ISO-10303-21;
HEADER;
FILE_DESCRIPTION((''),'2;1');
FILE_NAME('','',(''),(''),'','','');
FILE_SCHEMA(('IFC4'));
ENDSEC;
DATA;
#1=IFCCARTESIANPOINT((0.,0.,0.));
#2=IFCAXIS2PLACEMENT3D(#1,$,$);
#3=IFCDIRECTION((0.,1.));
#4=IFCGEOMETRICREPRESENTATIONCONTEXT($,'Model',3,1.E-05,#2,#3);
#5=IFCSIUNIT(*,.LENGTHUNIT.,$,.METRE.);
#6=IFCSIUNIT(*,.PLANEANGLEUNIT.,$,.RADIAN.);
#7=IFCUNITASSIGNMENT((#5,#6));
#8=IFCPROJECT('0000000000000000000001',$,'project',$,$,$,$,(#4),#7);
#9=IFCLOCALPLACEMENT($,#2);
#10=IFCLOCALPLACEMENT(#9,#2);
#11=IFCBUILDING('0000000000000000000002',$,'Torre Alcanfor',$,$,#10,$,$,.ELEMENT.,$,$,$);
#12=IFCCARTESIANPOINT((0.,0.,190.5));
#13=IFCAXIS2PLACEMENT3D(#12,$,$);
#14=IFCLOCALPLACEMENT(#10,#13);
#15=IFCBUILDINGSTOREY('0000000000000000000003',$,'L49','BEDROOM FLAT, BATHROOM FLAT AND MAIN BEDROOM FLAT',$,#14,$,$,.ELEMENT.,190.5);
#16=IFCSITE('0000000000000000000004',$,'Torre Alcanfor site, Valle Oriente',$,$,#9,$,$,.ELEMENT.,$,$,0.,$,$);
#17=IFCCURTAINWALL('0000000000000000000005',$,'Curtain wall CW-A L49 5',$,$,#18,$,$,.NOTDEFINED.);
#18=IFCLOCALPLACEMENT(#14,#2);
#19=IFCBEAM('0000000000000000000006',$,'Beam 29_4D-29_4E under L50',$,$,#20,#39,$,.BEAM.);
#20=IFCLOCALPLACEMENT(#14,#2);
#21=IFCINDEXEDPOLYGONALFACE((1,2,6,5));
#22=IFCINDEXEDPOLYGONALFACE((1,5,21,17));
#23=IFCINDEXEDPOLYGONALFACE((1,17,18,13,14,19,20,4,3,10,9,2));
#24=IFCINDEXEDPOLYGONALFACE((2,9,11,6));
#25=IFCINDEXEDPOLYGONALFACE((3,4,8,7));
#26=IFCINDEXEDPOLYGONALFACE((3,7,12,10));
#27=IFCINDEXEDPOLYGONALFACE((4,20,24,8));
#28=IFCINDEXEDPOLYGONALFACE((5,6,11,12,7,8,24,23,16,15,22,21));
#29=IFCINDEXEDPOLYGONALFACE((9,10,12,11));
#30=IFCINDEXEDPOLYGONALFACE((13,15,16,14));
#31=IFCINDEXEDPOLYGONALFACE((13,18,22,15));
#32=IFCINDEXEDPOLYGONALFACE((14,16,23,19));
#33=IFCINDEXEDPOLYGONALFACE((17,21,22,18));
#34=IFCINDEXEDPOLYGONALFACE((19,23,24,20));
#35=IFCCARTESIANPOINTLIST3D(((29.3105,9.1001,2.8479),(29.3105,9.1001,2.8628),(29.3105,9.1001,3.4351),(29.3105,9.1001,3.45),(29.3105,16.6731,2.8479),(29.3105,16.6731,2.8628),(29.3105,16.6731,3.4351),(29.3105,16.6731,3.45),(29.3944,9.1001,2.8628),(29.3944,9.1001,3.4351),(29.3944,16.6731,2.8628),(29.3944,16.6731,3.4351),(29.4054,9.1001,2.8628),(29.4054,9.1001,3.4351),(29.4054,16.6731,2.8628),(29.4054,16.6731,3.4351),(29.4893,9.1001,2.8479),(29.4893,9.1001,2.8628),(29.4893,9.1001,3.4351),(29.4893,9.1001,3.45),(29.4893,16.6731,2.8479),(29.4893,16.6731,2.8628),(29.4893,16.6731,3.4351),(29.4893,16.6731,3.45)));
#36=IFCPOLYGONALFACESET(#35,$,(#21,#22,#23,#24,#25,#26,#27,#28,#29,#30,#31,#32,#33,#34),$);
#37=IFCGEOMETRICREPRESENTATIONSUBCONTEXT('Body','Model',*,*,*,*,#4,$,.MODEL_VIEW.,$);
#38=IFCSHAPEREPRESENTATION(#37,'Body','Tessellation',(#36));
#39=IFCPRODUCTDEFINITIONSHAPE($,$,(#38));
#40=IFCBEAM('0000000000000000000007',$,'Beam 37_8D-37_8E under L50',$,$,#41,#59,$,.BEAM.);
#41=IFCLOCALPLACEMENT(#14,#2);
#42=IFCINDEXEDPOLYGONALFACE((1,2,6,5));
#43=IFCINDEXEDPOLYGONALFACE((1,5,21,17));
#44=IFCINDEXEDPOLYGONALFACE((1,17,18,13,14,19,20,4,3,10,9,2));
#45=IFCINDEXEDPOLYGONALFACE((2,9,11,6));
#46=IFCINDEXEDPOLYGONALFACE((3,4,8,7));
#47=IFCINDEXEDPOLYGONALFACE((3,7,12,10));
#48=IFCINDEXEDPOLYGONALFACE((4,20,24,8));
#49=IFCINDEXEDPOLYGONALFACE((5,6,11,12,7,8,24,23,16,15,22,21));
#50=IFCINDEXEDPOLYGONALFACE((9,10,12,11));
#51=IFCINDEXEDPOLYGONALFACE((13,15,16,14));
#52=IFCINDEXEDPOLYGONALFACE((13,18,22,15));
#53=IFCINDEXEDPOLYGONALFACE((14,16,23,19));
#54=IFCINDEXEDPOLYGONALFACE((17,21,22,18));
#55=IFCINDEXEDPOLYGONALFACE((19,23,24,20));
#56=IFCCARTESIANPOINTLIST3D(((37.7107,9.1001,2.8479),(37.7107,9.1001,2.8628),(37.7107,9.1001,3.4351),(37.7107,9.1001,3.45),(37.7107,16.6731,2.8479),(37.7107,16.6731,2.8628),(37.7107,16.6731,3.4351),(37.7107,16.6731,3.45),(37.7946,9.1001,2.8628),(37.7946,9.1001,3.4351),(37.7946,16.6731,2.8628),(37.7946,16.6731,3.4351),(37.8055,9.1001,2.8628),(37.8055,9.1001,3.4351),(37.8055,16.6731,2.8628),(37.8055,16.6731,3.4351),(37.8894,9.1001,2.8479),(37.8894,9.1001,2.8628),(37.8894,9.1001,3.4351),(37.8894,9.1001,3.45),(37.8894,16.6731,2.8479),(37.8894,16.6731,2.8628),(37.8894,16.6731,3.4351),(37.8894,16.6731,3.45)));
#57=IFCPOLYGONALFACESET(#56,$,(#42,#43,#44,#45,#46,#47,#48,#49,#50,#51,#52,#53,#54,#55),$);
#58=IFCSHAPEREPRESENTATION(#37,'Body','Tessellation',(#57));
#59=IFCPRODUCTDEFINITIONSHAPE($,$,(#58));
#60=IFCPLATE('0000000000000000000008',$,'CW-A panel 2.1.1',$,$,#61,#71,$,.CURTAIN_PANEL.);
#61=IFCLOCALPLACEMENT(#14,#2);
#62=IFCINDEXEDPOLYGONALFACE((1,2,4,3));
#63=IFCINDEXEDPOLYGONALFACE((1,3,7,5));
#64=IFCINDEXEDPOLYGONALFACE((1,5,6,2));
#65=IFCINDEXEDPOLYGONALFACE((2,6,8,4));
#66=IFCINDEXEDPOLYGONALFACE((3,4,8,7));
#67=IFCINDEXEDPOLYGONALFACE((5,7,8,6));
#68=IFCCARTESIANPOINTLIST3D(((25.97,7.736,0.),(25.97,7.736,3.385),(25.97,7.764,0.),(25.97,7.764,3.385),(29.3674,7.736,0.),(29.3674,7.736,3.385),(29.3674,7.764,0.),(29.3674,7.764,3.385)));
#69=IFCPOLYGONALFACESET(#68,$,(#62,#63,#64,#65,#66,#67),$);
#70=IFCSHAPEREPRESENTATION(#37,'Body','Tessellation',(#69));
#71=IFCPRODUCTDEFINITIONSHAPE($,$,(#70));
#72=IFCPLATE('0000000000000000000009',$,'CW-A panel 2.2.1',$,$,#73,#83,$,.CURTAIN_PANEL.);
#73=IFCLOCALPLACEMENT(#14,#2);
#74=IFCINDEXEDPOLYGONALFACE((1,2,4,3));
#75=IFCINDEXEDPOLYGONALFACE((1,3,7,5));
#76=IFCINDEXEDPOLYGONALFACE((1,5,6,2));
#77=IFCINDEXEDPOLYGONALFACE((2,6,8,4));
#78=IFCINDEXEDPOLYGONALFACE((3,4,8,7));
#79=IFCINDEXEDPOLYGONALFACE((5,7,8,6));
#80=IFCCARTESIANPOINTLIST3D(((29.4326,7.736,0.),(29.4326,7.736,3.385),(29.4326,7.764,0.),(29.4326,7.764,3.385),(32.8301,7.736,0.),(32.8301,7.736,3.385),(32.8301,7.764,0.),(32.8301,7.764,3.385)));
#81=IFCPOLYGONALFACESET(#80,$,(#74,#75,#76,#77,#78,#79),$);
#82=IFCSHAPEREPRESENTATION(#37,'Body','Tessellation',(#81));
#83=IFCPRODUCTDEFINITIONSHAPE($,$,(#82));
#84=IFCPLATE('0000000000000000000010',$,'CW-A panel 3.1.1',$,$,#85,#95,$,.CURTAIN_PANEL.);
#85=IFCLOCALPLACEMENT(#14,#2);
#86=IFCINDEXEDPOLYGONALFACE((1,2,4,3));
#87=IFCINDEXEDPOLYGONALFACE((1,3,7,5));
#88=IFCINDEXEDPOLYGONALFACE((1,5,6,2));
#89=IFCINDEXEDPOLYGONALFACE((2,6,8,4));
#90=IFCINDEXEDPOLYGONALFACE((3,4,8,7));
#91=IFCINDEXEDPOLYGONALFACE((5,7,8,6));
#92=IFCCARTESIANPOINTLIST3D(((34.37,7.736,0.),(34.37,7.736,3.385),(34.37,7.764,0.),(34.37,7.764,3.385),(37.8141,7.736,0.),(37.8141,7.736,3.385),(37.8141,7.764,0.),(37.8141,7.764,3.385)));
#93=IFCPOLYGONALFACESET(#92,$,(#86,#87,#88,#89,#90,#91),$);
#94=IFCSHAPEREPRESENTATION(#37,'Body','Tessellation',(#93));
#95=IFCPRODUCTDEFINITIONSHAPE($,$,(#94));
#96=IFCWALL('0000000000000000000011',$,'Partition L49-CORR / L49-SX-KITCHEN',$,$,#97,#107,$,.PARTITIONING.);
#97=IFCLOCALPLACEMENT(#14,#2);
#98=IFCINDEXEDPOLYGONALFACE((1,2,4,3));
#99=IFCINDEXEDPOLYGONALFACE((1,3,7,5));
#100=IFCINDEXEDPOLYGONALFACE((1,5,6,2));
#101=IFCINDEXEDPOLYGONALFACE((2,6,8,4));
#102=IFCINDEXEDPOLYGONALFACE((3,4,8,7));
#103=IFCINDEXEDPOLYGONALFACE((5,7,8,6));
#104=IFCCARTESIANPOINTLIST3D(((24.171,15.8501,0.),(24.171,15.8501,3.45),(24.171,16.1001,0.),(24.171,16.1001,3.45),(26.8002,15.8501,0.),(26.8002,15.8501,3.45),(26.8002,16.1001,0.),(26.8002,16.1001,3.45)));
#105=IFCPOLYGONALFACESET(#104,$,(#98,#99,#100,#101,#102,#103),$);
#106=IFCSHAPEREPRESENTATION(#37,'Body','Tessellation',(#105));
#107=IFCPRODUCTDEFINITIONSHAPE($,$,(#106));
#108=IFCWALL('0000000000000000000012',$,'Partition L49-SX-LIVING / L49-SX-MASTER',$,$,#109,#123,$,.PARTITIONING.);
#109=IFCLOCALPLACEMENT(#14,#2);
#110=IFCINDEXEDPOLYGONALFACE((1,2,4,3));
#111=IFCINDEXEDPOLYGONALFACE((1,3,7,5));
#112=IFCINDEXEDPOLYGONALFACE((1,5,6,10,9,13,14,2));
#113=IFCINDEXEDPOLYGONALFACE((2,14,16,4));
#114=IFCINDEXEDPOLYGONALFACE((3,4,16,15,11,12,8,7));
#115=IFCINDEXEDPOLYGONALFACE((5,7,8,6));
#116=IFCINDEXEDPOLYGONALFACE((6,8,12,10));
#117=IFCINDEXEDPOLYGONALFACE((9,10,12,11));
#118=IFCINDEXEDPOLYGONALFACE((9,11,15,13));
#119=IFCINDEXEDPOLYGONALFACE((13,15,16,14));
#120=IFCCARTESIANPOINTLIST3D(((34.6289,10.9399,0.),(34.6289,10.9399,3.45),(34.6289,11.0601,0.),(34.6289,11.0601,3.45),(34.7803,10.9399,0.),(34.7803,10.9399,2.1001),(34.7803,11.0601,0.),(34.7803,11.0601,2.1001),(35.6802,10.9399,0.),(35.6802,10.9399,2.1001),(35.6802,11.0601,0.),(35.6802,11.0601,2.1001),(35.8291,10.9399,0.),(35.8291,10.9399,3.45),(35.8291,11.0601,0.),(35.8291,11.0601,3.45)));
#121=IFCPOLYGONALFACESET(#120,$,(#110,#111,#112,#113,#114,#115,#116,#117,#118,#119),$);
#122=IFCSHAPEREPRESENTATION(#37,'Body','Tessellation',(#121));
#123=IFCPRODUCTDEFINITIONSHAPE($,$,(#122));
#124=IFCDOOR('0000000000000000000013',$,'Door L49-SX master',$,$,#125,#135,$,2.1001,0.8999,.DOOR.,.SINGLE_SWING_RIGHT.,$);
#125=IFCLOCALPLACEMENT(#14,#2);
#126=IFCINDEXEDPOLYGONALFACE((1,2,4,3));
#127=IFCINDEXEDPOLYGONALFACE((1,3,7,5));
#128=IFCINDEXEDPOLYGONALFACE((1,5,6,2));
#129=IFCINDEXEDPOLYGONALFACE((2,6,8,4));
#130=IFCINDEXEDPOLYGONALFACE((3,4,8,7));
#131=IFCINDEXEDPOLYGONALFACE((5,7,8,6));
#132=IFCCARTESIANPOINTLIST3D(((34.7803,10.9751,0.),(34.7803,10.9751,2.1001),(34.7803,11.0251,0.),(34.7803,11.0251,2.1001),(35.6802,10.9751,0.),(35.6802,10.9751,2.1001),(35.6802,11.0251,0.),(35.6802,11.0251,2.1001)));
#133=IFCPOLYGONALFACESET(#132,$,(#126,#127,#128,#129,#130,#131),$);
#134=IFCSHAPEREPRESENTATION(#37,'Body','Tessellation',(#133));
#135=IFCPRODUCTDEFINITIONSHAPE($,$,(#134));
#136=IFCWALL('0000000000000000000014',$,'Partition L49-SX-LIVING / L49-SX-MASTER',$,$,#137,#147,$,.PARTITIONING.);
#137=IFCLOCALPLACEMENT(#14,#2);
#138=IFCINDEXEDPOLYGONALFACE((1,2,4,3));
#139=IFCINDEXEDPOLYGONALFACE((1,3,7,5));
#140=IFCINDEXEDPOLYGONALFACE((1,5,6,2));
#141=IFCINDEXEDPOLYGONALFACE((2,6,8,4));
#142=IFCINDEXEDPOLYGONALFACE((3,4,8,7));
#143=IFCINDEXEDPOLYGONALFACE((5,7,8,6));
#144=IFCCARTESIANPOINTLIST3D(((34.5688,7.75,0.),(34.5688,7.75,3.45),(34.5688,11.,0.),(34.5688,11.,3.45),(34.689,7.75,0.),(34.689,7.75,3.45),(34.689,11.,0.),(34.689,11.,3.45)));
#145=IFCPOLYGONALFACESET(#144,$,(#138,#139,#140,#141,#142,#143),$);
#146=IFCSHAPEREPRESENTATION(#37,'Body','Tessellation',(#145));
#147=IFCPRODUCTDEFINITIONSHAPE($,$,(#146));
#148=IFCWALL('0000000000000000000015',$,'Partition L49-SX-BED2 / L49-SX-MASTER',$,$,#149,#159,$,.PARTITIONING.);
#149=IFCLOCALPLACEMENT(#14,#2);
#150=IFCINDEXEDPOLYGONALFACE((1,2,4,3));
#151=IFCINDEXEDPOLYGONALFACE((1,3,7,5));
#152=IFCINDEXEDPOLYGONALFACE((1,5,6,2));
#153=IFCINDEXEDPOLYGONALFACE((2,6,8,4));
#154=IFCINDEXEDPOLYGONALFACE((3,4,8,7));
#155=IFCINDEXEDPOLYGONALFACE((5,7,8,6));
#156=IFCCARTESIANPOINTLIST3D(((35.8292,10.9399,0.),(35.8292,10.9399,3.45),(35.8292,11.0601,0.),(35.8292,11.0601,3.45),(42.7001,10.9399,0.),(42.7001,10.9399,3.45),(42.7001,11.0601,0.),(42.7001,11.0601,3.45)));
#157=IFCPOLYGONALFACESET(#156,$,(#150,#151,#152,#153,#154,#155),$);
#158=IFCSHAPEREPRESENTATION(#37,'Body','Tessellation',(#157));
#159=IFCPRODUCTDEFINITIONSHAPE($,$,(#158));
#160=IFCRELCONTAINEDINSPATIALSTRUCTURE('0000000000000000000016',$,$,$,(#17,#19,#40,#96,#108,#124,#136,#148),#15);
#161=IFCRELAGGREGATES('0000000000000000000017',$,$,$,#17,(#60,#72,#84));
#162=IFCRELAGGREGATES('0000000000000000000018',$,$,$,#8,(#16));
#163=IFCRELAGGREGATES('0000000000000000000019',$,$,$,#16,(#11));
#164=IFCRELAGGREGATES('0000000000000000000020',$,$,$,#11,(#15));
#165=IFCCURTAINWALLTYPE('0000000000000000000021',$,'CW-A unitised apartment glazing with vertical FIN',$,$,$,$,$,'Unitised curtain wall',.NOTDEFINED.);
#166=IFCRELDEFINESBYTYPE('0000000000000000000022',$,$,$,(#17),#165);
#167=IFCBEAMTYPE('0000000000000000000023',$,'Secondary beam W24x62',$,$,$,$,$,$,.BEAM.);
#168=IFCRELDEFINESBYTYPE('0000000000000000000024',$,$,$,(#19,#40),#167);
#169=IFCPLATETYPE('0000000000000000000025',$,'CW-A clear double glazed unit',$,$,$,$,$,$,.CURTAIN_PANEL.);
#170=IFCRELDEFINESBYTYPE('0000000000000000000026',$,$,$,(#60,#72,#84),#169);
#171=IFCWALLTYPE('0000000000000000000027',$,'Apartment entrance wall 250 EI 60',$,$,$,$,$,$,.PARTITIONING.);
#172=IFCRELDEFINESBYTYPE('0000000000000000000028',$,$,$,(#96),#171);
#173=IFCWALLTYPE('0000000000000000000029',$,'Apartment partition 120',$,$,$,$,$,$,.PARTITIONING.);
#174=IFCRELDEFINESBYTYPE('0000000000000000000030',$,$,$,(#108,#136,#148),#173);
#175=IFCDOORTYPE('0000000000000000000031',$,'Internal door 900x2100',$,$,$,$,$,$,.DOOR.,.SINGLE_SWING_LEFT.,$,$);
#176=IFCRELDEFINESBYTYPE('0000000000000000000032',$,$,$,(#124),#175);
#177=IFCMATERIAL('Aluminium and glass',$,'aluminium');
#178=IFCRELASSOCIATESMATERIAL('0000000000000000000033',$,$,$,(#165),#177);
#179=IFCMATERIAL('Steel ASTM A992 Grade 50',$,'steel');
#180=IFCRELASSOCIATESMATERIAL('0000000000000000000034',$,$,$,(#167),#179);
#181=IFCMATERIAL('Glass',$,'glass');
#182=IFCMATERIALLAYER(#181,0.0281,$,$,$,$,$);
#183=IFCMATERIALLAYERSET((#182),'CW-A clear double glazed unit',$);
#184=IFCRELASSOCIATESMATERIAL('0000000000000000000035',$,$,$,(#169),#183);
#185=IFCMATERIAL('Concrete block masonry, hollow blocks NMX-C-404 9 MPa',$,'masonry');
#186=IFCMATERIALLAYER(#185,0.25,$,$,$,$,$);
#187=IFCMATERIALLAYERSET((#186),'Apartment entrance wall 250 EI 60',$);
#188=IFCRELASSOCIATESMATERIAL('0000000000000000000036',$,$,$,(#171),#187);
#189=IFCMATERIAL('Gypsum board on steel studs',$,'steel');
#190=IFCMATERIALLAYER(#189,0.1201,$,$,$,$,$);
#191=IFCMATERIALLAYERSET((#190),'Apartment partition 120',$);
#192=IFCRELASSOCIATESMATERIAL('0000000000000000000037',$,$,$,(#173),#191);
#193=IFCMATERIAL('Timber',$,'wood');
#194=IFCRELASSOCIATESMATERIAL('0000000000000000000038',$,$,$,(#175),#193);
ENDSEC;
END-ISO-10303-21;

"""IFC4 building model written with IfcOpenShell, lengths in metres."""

from ifc_helpers import new_model, si_unit, direction, frame, frame_2d, origin, origin_2d, place, context, subcontext, project, spatial, rectangle, i_section, extrude, material, layer, layer_set, material_profile, profile_set, type_object, element, fill, aggregate, save


model = new_model("IFC4")

# Units and contexts
model_context = context("Model", 3, precision=1e-05, world=origin(), true_north=direction((0.0, 1.0)))
body_context = subcontext(model_context, "Body", "Model", "MODEL_VIEW")
ifc_project = project(units=[si_unit("LENGTHUNIT", "METRE"), si_unit("PLANEANGLEUNIT", "RADIAN")], contexts=[model_context])

# Site, building, storey
site_placement = place(None, origin())
site = spatial("IfcSite", under=ifc_project, at=site_placement, Name="Torre Alcanfor site, Valle Oriente", CompositionType="ELEMENT", RefElevation=0.0)
building_placement = place(site_placement, origin())
building = spatial("IfcBuilding", under=site, at=building_placement, Name="Torre Alcanfor", CompositionType="ELEMENT")
storey_placement = place(building_placement, frame((0.0, 0.0, 190.5)))
storey = spatial("IfcBuildingStorey", under=building, at=storey_placement, Name="L49", Description="BEDROOM FLAT, BATHROOM FLAT AND MAIN BEDROOM FLAT", CompositionType="ELEMENT", Elevation=190.5)

# Curtain wall
ifc_material_1 = material(Name="Aluminium and glass", Category="aluminium")
curtain_wall_type = type_object("IfcCurtainWallType", Name="CW-A unitised apartment glazing with vertical FIN", ElementType="Unitised curtain wall", PredefinedType="NOTDEFINED", material=ifc_material_1)
curtain_wall_placement = place(storey_placement, origin())
curtain_wall = element("IfcCurtainWall", 1, at=curtain_wall_placement, inside=storey, type_object=curtain_wall_type, Name="Curtain wall CW-A L49 5", PredefinedType="NOTDEFINED")

# Beams
ifc_material_2 = material(Name="Steel ASTM A992 Grade 50", Category="steel")
ifc_material_profile_1 = material_profile(ifc_material_2, i_section(OverallWidth=0.1787, OverallDepth=0.6021, WebThickness=0.011, FlangeThickness=0.0149, at=origin_2d()), Name="W24x62")
ifc_profile_set_1 = profile_set([ifc_material_profile_1], Name="Steel ASTM A992 Grade 50")
beam_type_1 = type_object("IfcBeamType", Name="Secondary beam W24x62", PredefinedType="BEAM", material=ifc_profile_set_1)
for number, where, z_axis, x_axis, name in (
    (2, (29.3999, 9.1001, 3.1489), (0.0, 1.0, 0.0), (-1.0, 0.0, 0.0), "Beam 29_4D-29_4E under L50"),
    (3, (37.8, 9.1001, 3.1489), (0.0, 1.0, 0.0), (-1.0, 0.0, 0.0), "Beam 37_8D-37_8E under L50"),
):
    element("IfcBeam", number, at=place(storey_placement, frame(where, z_axis=z_axis, x_axis=x_axis)), inside=storey, type_object=beam_type_1, Name=name, PredefinedType="BEAM", context=body_context, shape_type="SweptSolid", body=[
        extrude(i_section(OverallWidth=0.1787, OverallDepth=0.6021, WebThickness=0.011, FlangeThickness=0.0149, at=origin_2d()), origin(), (0.0, 0.0, 1.0), 7.573),
    ])

# Plates
ifc_material_3 = material(Name="Glass", Category="glass")
ifc_layer_1 = layer(ifc_material_3, 0.0281)
ifc_layer_set_1 = layer_set([ifc_layer_1], Name="CW-A clear double glazed unit")
plate_type = type_object("IfcPlateType", Name="CW-A clear double glazed unit", PredefinedType="CURTAIN_PANEL", material=ifc_layer_set_1)
plate_1_placement = place(storey_placement, frame((27.6687, 7.75, 0.0), z_axis=(0.0, 0.0, 1.0), x_axis=(1.0, 0.0, 0.0)))
plate_1 = element("IfcPlate", 4, at=plate_1_placement, type_object=plate_type, Name="CW-A panel 2.1.1", PredefinedType="CURTAIN_PANEL", context=body_context, shape_type="SweptSolid", body=[
    extrude(rectangle(XDim=3.3975, YDim=0.0281, at=origin_2d()), origin(), (0.0, 0.0, 1.0), 3.385),
])
plate_2_placement = place(storey_placement, frame((31.1313, 7.75, 0.0), z_axis=(0.0, 0.0, 1.0), x_axis=(1.0, 0.0, 0.0)))
plate_2 = element("IfcPlate", 5, at=plate_2_placement, type_object=plate_type, Name="CW-A panel 2.2.1", PredefinedType="CURTAIN_PANEL", context=body_context, shape_type="SweptSolid", body=[
    extrude(rectangle(XDim=3.3975, YDim=0.0281, at=origin_2d()), origin(), (0.0, 0.0, 1.0), 3.385),
])
plate_3_placement = place(storey_placement, frame((36.092, 7.75, 0.0), z_axis=(0.0, 0.0, 1.0), x_axis=(1.0, 0.0, 0.0)))
plate_3 = element("IfcPlate", 6, at=plate_3_placement, type_object=plate_type, Name="CW-A panel 3.1.1", PredefinedType="CURTAIN_PANEL", context=body_context, shape_type="SweptSolid", body=[
    extrude(rectangle(XDim=3.4441, YDim=0.0281, at=origin_2d()), origin(), (0.0, 0.0, 1.0), 3.385),
])
aggregate(curtain_wall, [plate_1, plate_2, plate_3])

# Wall
ifc_material_4 = material(Name="Concrete block masonry, hollow blocks NMX-C-404 9 MPa", Category="masonry")
ifc_layer_2 = layer(ifc_material_4, 0.25)
ifc_layer_set_2 = layer_set([ifc_layer_2], Name="Apartment entrance wall 250 EI 60")
wall_type_1 = type_object("IfcWallType", Name="Apartment entrance wall 250 EI 60", PredefinedType="PARTITIONING", material=ifc_layer_set_2)
wall_1_placement = place(storey_placement, frame((26.8, 15.9751, 0.0), z_axis=(0.0, 0.0, 1.0), x_axis=(-1.0, 0.0, 0.0)))
element("IfcWall", 7, at=wall_1_placement, inside=storey, type_object=wall_type_1, Name="Partition L49-CORR / L49-SX-KITCHEN", PredefinedType="PARTITIONING", context=body_context, shape_type="SweptSolid", body=[
    extrude(rectangle(XDim=2.6292, YDim=0.25, at=frame_2d((1.3145, 0.0))), origin(), (0.0, 0.0, 1.0), 3.45),
])

# Wall, opening, door
ifc_material_5 = material(Name="Gypsum board on steel studs", Category="steel")
ifc_layer_3 = layer(ifc_material_5, 0.1201)
ifc_layer_set_3 = layer_set([ifc_layer_3], Name="Apartment partition 120")
wall_type_2 = type_object("IfcWallType", Name="Apartment partition 120", PredefinedType="PARTITIONING", material=ifc_layer_set_3)
wall_2_placement = place(storey_placement, frame((35.8291, 11.0, 0.0), z_axis=(0.0, 0.0, 1.0), x_axis=(-1.0, 0.0, 0.0)))
wall_2 = element("IfcWall", 8, at=wall_2_placement, inside=storey, type_object=wall_type_2, Name="Partition L49-SX-LIVING / L49-SX-MASTER", PredefinedType="PARTITIONING", context=body_context, shape_type="SweptSolid", body=[
    extrude(rectangle(XDim=1.2002, YDim=0.1201, at=frame_2d((0.6001, 0.0))), origin(), (0.0, 0.0, 1.0), 3.45),
])
opening_1_placement = place(wall_2_placement, frame((0.1489, 0.0, 0.0)))
opening_1 = element("IfcOpeningElement", 9, at=opening_1_placement, cuts=wall_2, PredefinedType="OPENING", context=body_context, shape_type="SweptSolid", body=[
    extrude(rectangle(XDim=0.8999, YDim=2.1001, at=frame_2d((0.45, 1.05))), frame((0.0, 0.0701, 0.0), z_axis=(0.0, -1.0, 0.0), x_axis=(1.0, 0.0, 0.0)), (0.0, 0.0, 1.0), 0.1401),
])
ifc_material_6 = material(Name="Timber", Category="wood")
door_type_1 = type_object("IfcDoorType", Name="Internal door 900x2100", OperationType="SINGLE_SWING_LEFT", PredefinedType="DOOR", material=ifc_material_6)
door_1_placement = place(opening_1_placement, origin())
door_1 = element("IfcDoor", 10, at=door_1_placement, inside=storey, type_object=door_type_1, Name="Door L49-SX master", OperationType="SINGLE_SWING_RIGHT", OverallHeight=2.1001, OverallWidth=0.8999, PredefinedType="DOOR", context=body_context, shape_type="SweptSolid", body=[
    extrude(rectangle(XDim=0.8999, YDim=2.1001, at=frame_2d((0.45, 1.05))), frame((0.0, 0.0249, 0.0), z_axis=(0.0, -1.0, 0.0), x_axis=(1.0, 0.0, 0.0)), (0.0, 0.0, 1.0), 0.05),
])
fill(opening_1, door_1)

# Walls
wall_3_placement = place(storey_placement, frame((34.6289, 11.0, 0.0), z_axis=(0.0, 0.0, 1.0), x_axis=(0.0, -1.0, 0.0)))
element("IfcWall", 11, at=wall_3_placement, inside=storey, type_object=wall_type_2, Name="Partition L49-SX-LIVING / L49-SX-MASTER", PredefinedType="PARTITIONING", context=body_context, shape_type="SweptSolid", body=[
    extrude(rectangle(XDim=3.25, YDim=0.1201, at=frame_2d((1.625, 0.0))), origin(), (0.0, 0.0, 1.0), 3.45),
])
wall_4_placement = place(storey_placement, frame((35.8291, 11.0, 0.0), z_axis=(0.0, 0.0, 1.0), x_axis=(1.0, 0.0, 0.0)))
element("IfcWall", 12, at=wall_4_placement, inside=storey, type_object=wall_type_2, Name="Partition L49-SX-BED2 / L49-SX-MASTER", PredefinedType="PARTITIONING", context=body_context, shape_type="SweptSolid", body=[
    extrude(rectangle(XDim=6.8708, YDim=0.1201, at=frame_2d((3.4355, 0.0))), origin(), (0.0, 0.0, 1.0), 3.45),
])

save(model, "model.ifc")
